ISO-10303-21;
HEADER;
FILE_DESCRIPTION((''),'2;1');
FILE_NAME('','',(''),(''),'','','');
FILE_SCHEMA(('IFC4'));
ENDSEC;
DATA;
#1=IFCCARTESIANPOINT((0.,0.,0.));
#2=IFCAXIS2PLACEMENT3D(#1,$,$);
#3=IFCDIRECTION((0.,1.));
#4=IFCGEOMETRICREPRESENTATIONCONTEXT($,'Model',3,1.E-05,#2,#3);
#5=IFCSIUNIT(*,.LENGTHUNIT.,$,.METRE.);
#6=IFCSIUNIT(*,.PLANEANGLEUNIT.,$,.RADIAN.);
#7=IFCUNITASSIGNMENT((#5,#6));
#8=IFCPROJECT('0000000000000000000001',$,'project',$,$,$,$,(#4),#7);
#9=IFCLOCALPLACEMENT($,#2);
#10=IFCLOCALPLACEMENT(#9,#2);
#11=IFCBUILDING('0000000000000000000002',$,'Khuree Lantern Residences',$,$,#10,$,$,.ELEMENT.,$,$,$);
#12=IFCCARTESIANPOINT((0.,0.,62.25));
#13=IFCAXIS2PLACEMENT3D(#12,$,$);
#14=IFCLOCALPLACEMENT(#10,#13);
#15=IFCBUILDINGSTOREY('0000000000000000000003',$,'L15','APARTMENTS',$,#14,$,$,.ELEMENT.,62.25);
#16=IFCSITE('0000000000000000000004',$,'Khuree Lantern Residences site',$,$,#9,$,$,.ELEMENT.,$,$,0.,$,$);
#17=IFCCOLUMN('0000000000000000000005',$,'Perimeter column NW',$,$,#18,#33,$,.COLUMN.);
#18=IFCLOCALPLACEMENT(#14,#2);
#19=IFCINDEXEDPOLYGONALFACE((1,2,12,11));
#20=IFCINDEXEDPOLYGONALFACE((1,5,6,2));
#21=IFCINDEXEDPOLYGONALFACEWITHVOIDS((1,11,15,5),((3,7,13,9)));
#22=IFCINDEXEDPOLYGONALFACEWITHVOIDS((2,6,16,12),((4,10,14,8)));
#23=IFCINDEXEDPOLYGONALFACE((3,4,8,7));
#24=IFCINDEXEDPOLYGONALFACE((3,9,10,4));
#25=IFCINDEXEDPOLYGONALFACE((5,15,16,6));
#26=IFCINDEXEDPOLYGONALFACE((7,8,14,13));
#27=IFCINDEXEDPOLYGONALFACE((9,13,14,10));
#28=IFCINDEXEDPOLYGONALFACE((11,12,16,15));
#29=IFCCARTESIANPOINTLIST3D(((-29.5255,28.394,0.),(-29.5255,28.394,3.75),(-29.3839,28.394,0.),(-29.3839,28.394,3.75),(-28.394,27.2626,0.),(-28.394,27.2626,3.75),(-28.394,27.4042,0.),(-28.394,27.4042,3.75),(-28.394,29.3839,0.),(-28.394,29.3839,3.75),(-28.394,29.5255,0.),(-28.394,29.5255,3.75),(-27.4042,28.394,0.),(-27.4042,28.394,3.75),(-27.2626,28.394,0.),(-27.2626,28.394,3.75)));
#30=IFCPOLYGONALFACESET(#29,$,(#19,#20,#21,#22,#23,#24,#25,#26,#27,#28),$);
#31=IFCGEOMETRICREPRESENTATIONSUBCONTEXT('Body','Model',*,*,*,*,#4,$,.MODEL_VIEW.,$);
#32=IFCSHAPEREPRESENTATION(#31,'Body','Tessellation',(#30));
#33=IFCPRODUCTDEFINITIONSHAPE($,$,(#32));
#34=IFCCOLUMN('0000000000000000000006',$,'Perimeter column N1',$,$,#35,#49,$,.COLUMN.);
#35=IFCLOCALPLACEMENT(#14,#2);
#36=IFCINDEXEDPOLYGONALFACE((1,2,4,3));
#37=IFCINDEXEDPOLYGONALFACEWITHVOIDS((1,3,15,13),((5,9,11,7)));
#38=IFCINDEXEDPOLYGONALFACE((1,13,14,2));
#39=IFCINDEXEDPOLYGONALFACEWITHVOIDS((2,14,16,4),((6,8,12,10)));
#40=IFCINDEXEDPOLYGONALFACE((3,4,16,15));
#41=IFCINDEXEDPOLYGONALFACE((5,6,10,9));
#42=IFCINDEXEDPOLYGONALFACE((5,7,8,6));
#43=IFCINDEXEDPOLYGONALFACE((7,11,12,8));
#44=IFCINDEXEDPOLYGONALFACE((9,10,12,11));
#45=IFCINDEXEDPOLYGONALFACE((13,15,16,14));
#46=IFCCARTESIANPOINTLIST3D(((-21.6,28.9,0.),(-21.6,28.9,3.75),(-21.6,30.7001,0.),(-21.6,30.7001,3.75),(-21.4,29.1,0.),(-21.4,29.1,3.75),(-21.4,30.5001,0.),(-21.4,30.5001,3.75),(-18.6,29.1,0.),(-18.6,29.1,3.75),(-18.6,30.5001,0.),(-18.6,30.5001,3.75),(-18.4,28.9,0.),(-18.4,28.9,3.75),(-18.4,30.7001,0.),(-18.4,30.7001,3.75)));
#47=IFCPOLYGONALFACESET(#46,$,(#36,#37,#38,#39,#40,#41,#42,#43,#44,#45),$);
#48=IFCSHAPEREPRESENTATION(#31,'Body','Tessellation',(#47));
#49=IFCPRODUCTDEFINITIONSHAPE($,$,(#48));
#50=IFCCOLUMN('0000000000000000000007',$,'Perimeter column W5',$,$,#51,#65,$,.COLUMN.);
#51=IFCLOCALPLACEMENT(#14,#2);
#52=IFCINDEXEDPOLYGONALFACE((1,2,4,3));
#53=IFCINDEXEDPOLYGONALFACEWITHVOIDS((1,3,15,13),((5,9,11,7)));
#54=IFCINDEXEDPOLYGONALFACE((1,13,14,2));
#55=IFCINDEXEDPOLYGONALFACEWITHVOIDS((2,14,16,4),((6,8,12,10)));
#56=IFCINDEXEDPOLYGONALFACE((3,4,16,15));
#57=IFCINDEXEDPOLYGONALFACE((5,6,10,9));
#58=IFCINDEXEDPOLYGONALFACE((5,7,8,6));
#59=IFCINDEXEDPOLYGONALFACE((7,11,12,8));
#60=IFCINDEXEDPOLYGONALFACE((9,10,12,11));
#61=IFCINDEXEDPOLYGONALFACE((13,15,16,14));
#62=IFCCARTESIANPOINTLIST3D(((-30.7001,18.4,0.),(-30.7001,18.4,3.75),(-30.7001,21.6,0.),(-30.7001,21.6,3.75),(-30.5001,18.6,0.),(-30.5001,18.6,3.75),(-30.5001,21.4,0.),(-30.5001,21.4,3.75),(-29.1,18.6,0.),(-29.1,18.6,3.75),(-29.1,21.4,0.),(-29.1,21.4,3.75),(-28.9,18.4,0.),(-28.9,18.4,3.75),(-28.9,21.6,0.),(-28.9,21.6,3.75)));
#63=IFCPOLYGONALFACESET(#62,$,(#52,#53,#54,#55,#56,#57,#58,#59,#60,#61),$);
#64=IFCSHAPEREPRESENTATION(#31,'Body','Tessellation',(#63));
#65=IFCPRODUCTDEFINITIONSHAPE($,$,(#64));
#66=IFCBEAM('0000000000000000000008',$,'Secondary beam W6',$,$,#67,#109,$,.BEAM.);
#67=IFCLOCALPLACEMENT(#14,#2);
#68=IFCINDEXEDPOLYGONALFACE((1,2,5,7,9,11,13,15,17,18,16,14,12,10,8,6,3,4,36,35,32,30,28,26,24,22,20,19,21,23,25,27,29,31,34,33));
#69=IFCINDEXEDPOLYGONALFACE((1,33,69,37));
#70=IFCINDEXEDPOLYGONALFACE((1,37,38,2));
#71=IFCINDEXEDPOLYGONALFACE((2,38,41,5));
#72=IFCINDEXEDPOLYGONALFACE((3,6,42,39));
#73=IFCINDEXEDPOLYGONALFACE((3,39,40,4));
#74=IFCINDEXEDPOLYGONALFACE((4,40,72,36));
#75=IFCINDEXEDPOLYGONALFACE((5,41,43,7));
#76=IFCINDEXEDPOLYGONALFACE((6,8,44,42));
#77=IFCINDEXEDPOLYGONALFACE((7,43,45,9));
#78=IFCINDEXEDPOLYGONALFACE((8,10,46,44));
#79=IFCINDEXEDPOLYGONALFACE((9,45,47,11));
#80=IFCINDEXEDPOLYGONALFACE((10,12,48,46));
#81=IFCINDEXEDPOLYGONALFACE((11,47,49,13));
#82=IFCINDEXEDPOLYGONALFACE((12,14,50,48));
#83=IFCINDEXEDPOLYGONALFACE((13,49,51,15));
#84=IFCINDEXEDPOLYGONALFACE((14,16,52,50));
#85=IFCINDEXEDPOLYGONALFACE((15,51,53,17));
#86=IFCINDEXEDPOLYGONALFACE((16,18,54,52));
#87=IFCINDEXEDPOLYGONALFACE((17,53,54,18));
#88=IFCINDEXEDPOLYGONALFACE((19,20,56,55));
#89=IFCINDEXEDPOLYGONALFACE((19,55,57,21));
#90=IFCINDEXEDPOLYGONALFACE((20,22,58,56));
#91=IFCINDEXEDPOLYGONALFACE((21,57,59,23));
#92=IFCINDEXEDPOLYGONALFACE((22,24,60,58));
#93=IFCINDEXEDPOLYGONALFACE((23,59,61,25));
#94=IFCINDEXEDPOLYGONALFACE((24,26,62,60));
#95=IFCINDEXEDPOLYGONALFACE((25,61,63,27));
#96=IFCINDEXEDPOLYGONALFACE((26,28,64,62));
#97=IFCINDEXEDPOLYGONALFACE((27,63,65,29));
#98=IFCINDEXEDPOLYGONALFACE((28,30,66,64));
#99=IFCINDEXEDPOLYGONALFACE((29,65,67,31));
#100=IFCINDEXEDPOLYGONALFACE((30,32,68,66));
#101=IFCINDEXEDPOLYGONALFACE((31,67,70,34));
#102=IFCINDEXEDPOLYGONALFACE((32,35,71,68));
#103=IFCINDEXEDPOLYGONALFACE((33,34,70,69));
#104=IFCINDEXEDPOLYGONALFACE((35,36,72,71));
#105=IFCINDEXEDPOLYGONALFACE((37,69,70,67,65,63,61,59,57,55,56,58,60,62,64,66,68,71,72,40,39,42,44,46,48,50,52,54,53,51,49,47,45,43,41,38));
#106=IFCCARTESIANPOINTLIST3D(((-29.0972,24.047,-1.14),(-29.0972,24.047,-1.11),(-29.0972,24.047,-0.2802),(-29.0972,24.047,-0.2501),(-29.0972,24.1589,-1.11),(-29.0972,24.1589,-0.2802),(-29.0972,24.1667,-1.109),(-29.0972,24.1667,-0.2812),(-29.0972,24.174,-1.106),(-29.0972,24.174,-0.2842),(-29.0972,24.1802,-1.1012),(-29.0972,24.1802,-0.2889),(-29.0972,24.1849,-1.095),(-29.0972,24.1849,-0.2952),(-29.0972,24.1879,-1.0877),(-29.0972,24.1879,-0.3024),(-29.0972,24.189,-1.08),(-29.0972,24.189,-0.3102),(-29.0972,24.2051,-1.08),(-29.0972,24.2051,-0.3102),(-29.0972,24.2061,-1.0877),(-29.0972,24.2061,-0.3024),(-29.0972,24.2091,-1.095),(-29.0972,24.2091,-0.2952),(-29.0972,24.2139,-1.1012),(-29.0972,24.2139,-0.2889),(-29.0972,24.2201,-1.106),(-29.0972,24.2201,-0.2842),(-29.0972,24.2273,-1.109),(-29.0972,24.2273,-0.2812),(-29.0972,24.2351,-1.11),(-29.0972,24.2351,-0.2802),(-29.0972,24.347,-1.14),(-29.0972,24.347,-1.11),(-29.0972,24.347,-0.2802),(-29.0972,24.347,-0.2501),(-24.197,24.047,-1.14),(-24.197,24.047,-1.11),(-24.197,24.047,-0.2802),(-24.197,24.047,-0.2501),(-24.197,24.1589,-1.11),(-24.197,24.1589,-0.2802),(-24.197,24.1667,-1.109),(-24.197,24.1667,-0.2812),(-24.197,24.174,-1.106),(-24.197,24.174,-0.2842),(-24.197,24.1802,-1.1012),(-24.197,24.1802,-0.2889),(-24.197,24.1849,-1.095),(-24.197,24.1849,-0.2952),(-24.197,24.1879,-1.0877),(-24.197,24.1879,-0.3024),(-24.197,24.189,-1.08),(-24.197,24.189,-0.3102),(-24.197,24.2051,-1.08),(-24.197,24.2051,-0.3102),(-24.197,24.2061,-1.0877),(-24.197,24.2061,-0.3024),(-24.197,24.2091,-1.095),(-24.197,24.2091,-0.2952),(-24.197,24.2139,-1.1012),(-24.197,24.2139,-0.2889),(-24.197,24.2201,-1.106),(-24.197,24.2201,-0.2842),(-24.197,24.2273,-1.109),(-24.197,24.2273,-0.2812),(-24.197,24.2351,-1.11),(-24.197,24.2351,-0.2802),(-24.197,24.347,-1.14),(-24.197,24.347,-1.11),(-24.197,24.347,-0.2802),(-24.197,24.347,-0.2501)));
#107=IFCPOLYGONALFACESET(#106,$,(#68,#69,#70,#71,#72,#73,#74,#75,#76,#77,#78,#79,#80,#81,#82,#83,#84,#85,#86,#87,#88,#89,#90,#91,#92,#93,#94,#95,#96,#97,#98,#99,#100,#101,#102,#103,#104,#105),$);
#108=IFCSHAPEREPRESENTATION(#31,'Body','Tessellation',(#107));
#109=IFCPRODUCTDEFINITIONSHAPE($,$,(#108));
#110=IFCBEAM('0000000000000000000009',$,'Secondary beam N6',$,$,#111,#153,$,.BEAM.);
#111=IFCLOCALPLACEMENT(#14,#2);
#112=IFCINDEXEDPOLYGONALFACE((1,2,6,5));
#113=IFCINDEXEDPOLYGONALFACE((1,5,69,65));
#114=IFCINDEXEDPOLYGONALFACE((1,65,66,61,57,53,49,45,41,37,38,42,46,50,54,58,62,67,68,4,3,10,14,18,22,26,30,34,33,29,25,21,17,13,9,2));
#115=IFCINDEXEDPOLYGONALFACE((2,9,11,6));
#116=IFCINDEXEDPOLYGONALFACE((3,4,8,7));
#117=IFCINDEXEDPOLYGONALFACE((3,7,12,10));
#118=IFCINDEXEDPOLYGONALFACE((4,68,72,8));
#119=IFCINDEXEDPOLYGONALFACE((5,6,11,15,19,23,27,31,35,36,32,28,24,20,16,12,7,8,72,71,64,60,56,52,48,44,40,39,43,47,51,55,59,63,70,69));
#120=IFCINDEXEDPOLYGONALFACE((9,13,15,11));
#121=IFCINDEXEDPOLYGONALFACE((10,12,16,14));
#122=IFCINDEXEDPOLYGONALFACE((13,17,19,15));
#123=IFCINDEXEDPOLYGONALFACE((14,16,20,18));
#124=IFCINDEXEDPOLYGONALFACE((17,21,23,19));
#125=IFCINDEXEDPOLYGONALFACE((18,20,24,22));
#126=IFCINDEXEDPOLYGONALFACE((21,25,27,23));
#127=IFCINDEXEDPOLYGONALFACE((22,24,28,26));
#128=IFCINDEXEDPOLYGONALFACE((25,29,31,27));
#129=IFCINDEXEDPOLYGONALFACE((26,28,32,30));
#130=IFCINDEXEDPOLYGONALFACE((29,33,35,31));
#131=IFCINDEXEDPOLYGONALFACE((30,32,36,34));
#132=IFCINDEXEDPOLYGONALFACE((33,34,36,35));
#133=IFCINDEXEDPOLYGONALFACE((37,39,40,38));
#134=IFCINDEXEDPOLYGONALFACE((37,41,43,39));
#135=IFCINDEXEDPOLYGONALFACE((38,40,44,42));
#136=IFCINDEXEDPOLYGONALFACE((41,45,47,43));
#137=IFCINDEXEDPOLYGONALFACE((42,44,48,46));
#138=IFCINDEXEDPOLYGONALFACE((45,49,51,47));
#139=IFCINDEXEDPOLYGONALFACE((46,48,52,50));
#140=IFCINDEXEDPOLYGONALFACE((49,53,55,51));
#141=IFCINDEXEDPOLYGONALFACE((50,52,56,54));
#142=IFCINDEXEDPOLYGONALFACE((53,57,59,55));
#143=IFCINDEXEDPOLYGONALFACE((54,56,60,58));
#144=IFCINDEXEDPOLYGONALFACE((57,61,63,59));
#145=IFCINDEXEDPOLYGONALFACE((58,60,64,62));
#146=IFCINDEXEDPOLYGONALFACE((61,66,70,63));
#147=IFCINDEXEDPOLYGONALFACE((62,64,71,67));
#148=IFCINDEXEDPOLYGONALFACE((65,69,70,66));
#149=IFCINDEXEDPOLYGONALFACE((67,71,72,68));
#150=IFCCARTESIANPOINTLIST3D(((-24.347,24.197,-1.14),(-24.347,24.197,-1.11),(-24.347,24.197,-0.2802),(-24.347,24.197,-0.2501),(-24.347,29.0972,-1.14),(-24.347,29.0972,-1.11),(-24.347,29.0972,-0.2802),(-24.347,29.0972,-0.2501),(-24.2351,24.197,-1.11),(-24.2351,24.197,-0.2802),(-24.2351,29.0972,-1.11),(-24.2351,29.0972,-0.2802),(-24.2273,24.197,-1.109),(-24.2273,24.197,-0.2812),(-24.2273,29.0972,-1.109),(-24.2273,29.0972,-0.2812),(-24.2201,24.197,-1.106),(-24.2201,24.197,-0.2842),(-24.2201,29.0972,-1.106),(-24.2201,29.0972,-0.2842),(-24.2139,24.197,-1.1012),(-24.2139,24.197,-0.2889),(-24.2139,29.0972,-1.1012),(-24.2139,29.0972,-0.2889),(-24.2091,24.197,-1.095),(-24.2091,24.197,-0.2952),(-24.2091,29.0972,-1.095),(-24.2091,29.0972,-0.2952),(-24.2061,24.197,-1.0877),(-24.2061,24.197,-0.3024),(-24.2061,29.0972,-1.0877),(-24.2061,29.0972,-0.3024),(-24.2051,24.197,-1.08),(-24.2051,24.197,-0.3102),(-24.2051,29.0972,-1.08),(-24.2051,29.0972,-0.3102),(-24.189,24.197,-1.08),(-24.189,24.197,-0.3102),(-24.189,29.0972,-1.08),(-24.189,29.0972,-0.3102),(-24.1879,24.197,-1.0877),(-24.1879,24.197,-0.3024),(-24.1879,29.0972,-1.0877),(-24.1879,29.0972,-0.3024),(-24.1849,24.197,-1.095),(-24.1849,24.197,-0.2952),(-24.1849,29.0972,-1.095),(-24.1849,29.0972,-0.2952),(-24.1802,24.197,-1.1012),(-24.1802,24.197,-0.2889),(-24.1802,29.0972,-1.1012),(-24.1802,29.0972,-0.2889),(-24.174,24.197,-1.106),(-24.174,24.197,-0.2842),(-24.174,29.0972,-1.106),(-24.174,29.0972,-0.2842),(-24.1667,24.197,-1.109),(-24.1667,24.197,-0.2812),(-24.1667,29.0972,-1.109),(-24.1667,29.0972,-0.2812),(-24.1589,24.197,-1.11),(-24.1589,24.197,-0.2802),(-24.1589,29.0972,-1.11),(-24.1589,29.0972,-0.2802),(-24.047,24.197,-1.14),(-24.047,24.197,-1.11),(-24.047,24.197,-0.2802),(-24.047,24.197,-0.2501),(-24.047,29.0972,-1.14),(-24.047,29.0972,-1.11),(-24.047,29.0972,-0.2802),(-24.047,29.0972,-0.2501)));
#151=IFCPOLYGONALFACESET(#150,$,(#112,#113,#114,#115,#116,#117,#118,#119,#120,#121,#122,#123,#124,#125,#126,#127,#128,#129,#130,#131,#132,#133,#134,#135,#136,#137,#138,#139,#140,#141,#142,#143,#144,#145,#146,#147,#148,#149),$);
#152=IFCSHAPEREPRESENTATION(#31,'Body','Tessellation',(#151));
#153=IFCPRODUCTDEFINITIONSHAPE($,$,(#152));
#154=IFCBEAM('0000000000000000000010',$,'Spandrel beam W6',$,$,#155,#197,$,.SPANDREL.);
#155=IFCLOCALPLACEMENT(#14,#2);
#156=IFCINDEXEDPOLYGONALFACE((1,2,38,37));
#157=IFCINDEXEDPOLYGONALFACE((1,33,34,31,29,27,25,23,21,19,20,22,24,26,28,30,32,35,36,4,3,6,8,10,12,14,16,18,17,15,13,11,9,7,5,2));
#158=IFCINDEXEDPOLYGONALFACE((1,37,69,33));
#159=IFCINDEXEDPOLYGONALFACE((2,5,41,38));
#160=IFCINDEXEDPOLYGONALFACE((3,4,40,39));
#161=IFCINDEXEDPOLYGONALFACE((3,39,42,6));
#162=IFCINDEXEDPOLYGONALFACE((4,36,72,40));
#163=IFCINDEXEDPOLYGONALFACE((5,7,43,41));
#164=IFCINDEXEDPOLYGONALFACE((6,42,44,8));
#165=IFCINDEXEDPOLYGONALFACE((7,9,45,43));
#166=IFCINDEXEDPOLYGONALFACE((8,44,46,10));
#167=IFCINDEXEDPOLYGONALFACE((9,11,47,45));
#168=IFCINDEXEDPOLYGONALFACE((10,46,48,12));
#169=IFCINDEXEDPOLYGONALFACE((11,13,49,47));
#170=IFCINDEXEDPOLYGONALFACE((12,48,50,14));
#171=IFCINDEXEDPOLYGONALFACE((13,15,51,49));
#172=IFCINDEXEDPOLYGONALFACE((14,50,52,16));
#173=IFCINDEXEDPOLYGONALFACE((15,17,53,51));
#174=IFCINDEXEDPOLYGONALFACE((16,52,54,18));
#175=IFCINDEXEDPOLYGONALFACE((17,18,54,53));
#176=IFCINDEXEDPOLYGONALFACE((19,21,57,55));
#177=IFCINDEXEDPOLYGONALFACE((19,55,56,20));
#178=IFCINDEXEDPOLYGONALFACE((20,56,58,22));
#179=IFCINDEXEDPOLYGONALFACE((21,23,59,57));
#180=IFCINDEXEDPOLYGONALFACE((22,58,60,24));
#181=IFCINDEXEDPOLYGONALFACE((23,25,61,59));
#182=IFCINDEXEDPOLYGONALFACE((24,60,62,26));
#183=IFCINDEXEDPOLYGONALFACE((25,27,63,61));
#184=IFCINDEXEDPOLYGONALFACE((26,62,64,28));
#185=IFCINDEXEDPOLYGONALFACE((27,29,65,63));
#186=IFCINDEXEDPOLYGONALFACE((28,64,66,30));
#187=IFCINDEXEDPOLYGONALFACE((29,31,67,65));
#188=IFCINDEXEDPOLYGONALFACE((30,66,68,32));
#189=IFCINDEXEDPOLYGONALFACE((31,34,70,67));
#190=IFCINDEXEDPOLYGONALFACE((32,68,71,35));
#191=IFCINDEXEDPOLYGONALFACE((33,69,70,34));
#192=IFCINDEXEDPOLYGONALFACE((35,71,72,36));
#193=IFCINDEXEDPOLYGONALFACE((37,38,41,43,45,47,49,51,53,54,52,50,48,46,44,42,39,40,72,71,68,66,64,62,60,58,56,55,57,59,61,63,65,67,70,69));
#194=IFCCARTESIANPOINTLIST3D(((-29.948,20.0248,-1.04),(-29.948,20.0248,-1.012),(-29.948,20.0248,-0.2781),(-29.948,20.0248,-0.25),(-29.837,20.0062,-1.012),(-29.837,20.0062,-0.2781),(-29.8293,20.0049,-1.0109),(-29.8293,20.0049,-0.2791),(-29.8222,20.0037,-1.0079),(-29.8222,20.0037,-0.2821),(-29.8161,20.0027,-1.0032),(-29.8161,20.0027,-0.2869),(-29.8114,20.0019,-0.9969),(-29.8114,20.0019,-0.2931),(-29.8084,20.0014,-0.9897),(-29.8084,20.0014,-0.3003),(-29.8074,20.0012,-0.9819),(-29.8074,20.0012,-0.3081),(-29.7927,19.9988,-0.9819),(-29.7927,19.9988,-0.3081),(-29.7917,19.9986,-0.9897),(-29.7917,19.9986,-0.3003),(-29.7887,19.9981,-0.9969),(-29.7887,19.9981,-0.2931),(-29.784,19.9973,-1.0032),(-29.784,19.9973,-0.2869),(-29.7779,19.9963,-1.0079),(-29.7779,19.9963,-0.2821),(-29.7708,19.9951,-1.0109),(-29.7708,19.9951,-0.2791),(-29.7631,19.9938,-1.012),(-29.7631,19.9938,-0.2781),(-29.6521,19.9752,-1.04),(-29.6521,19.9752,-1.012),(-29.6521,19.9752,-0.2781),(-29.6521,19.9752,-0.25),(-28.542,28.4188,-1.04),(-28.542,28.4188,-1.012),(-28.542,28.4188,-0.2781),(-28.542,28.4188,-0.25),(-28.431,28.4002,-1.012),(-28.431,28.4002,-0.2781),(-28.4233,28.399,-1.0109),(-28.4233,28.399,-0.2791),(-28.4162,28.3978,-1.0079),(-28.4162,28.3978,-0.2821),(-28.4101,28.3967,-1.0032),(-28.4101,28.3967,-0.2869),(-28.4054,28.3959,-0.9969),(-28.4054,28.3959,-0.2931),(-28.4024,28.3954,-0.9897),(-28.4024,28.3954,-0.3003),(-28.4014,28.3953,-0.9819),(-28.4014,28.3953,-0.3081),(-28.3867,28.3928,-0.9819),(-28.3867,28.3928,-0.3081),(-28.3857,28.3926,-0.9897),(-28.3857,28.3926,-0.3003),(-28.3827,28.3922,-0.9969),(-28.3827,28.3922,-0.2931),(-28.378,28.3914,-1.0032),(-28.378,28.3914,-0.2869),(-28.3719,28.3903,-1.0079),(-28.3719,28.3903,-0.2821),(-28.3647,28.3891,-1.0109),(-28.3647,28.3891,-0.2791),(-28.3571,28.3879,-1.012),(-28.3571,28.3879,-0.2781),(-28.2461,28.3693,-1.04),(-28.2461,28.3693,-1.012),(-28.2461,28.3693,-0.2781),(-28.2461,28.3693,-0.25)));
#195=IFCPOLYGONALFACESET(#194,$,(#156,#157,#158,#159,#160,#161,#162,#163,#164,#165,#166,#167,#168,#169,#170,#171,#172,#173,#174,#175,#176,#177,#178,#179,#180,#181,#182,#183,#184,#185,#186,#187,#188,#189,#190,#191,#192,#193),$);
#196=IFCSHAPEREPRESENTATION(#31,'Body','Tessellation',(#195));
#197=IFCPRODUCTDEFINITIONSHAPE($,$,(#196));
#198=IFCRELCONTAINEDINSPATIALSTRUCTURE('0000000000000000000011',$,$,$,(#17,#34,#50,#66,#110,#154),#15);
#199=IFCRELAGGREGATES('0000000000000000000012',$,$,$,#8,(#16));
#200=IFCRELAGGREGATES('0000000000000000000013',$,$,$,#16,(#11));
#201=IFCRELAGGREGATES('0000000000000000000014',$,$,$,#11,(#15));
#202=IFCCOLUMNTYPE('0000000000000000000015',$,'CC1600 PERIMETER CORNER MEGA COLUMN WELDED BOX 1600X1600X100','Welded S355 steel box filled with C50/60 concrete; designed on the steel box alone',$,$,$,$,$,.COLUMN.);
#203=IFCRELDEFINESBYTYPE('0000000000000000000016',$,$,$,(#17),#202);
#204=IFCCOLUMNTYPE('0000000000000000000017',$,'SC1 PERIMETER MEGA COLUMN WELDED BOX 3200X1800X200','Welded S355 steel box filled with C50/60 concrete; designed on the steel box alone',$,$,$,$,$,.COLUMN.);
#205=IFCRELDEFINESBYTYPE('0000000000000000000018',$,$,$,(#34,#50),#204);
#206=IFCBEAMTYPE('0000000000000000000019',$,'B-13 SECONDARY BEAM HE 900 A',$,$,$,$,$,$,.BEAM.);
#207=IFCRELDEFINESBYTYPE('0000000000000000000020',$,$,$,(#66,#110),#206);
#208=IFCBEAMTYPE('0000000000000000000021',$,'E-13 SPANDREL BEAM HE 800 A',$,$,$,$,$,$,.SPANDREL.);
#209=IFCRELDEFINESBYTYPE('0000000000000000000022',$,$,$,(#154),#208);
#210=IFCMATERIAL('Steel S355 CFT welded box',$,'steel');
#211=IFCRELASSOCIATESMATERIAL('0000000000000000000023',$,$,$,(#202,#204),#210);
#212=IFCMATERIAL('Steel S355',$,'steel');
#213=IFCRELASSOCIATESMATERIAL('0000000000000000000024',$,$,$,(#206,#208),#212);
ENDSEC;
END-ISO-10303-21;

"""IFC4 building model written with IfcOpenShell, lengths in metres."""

from ifc_helpers import new_model, si_unit, direction, frame, origin, origin_2d, place, context, subcontext, project, spatial, hollow_rectangle, i_section, extrude, material, material_profile, profile_set, type_object, element, save


model = new_model("IFC4")

# Units and contexts
model_context = context("Model", 3, precision=1e-05, world=origin(), true_north=direction((0.0, 1.0)))
body_context = subcontext(model_context, "Body", "Model", "MODEL_VIEW")
ifc_project = project(units=[si_unit("LENGTHUNIT", "METRE"), si_unit("PLANEANGLEUNIT", "RADIAN")], contexts=[model_context])

# Site, building, storey
site_placement = place(None, origin())
site = spatial("IfcSite", under=ifc_project, at=site_placement, Name="Khuree Lantern Residences site", CompositionType="ELEMENT", RefElevation=0.0)
building_placement = place(site_placement, origin())
building = spatial("IfcBuilding", under=site, at=building_placement, Name="Khuree Lantern Residences", CompositionType="ELEMENT")
storey_placement = place(building_placement, frame((0.0, 0.0, 62.25)))
storey = spatial("IfcBuildingStorey", under=building, at=storey_placement, Name="L15", Description="APARTMENTS", CompositionType="ELEMENT", Elevation=62.25)

# Columns
ifc_material_1 = material(Name="Steel S355 CFT welded box", Category="steel")
ifc_material_profile_1 = material_profile(ifc_material_1, hollow_rectangle(XDim=1.6001, YDim=1.6001, WallThickness=0.1001, at=origin_2d()), Name="WELDED BOX 1600X1600X100")
ifc_profile_set_1 = profile_set([ifc_material_profile_1], Name="Steel S355 CFT welded box")
column_type_1 = type_object("IfcColumnType", Name="CC1600 PERIMETER CORNER MEGA COLUMN WELDED BOX 1600X1600X100", Description="Welded S355 steel box filled with C50/60 concrete; designed on the steel box alone", PredefinedType="COLUMN", material=ifc_profile_set_1)
column_placement = place(storey_placement, frame((-28.394, 28.394, 0.0), z_axis=(0.0, 0.0, 1.0), x_axis=(0.707107, 0.707107, 0.0)))
element("IfcColumn", 1, at=column_placement, inside=storey, type_object=column_type_1, Name="Perimeter column NW", PredefinedType="COLUMN", context=body_context, shape_type="SweptSolid", body=[
    extrude(hollow_rectangle(XDim=1.6001, YDim=1.6001, WallThickness=0.1001, at=origin_2d()), origin(), (0.0, 0.0, 1.0), 3.75),
])
ifc_material_profile_2 = material_profile(ifc_material_1, hollow_rectangle(XDim=3.2, YDim=1.8, WallThickness=0.2, at=origin_2d()), Name="WELDED BOX 3200X1800X200")
ifc_profile_set_2 = profile_set([ifc_material_profile_2], Name="Steel S355 CFT welded box")
column_type_2 = type_object("IfcColumnType", Name="SC1 PERIMETER MEGA COLUMN WELDED BOX 3200X1800X200", Description="Welded S355 steel box filled with C50/60 concrete; designed on the steel box alone", PredefinedType="COLUMN", material=ifc_profile_set_2)
for number, where, z_axis, x_axis, name in (
    (2, (-20.0, 29.8, 0.0), (0.0, 0.0, 1.0), (1.0, 0.0, 0.0), "Perimeter column N1"),
    (3, (-29.8, 20.0, 0.0), (0.0, 0.0, 1.0), (0.0, 1.0, 0.0), "Perimeter column W5"),
):
    element("IfcColumn", number, at=place(storey_placement, frame(where, z_axis=z_axis, x_axis=x_axis)), inside=storey, type_object=column_type_2, Name=name, PredefinedType="COLUMN", context=body_context, shape_type="SweptSolid", body=[
        extrude(hollow_rectangle(XDim=3.2, YDim=1.8, WallThickness=0.2, at=origin_2d()), origin(), (0.0, 0.0, 1.0), 3.75),
    ])

# Beams
ifc_material_2 = material(Name="Steel S355", Category="steel")
ifc_material_profile_3 = material_profile(ifc_material_2, i_section(OverallWidth=0.3, OverallDepth=0.8899, WebThickness=0.0161, FlangeThickness=0.03, FilletRadius=0.03, at=origin_2d()), Name="HE 900 A")
ifc_profile_set_3 = profile_set([ifc_material_profile_3], Name="Steel S355")
beam_type_1 = type_object("IfcBeamType", Name="B-13 SECONDARY BEAM HE 900 A", PredefinedType="BEAM", material=ifc_profile_set_3)
for number, where, z_axis, x_axis, name in (
    (4, (-29.0972, 24.197, -0.6951), (1.0, 0.0, 0.0), (0.0, 1.0, 0.0), "Secondary beam W6"),
    (5, (-24.197, 29.0972, -0.6951), (0.0, -1.0, 0.0), (1.0, 0.0, 0.0), "Secondary beam N6"),
):
    element("IfcBeam", number, at=place(storey_placement, frame(where, z_axis=z_axis, x_axis=x_axis)), inside=storey, type_object=beam_type_1, Name=name, PredefinedType="BEAM", context=body_context, shape_type="SweptSolid", body=[
        extrude(i_section(OverallWidth=0.3, OverallDepth=0.8899, WebThickness=0.0161, FlangeThickness=0.03, FilletRadius=0.03, at=origin_2d()), origin(), (0.0, 0.0, 1.0), 4.9001),
    ])
ifc_material_profile_4 = material_profile(ifc_material_2, i_section(OverallWidth=0.3, OverallDepth=0.79, WebThickness=0.0149, FlangeThickness=0.0281, FilletRadius=0.03, at=origin_2d()), Name="HE 800 A")
ifc_profile_set_4 = profile_set([ifc_material_profile_4], Name="Steel S355")
beam_type_2 = type_object("IfcBeamType", Name="E-13 SPANDREL BEAM HE 800 A", PredefinedType="SPANDREL", material=ifc_profile_set_4)
for number, where, z_axis, x_axis, name in (
    (6, (-29.8, 20.0, -0.645), (0.165199, 0.98626, 0.0), (-0.98626, 0.165199, 0.0), "Spandrel beam W6"),
):
    element("IfcBeam", number, at=place(storey_placement, frame(where, z_axis=z_axis, x_axis=x_axis)), inside=storey, type_object=beam_type_2, Name=name, PredefinedType="SPANDREL", context=body_context, shape_type="SweptSolid", body=[
        extrude(i_section(OverallWidth=0.3, OverallDepth=0.79, WebThickness=0.0149, FlangeThickness=0.0281, FilletRadius=0.03, at=origin_2d()), origin(), (0.0, 0.0, 1.0), 8.511),
    ])

save(model, "model.ifc")
